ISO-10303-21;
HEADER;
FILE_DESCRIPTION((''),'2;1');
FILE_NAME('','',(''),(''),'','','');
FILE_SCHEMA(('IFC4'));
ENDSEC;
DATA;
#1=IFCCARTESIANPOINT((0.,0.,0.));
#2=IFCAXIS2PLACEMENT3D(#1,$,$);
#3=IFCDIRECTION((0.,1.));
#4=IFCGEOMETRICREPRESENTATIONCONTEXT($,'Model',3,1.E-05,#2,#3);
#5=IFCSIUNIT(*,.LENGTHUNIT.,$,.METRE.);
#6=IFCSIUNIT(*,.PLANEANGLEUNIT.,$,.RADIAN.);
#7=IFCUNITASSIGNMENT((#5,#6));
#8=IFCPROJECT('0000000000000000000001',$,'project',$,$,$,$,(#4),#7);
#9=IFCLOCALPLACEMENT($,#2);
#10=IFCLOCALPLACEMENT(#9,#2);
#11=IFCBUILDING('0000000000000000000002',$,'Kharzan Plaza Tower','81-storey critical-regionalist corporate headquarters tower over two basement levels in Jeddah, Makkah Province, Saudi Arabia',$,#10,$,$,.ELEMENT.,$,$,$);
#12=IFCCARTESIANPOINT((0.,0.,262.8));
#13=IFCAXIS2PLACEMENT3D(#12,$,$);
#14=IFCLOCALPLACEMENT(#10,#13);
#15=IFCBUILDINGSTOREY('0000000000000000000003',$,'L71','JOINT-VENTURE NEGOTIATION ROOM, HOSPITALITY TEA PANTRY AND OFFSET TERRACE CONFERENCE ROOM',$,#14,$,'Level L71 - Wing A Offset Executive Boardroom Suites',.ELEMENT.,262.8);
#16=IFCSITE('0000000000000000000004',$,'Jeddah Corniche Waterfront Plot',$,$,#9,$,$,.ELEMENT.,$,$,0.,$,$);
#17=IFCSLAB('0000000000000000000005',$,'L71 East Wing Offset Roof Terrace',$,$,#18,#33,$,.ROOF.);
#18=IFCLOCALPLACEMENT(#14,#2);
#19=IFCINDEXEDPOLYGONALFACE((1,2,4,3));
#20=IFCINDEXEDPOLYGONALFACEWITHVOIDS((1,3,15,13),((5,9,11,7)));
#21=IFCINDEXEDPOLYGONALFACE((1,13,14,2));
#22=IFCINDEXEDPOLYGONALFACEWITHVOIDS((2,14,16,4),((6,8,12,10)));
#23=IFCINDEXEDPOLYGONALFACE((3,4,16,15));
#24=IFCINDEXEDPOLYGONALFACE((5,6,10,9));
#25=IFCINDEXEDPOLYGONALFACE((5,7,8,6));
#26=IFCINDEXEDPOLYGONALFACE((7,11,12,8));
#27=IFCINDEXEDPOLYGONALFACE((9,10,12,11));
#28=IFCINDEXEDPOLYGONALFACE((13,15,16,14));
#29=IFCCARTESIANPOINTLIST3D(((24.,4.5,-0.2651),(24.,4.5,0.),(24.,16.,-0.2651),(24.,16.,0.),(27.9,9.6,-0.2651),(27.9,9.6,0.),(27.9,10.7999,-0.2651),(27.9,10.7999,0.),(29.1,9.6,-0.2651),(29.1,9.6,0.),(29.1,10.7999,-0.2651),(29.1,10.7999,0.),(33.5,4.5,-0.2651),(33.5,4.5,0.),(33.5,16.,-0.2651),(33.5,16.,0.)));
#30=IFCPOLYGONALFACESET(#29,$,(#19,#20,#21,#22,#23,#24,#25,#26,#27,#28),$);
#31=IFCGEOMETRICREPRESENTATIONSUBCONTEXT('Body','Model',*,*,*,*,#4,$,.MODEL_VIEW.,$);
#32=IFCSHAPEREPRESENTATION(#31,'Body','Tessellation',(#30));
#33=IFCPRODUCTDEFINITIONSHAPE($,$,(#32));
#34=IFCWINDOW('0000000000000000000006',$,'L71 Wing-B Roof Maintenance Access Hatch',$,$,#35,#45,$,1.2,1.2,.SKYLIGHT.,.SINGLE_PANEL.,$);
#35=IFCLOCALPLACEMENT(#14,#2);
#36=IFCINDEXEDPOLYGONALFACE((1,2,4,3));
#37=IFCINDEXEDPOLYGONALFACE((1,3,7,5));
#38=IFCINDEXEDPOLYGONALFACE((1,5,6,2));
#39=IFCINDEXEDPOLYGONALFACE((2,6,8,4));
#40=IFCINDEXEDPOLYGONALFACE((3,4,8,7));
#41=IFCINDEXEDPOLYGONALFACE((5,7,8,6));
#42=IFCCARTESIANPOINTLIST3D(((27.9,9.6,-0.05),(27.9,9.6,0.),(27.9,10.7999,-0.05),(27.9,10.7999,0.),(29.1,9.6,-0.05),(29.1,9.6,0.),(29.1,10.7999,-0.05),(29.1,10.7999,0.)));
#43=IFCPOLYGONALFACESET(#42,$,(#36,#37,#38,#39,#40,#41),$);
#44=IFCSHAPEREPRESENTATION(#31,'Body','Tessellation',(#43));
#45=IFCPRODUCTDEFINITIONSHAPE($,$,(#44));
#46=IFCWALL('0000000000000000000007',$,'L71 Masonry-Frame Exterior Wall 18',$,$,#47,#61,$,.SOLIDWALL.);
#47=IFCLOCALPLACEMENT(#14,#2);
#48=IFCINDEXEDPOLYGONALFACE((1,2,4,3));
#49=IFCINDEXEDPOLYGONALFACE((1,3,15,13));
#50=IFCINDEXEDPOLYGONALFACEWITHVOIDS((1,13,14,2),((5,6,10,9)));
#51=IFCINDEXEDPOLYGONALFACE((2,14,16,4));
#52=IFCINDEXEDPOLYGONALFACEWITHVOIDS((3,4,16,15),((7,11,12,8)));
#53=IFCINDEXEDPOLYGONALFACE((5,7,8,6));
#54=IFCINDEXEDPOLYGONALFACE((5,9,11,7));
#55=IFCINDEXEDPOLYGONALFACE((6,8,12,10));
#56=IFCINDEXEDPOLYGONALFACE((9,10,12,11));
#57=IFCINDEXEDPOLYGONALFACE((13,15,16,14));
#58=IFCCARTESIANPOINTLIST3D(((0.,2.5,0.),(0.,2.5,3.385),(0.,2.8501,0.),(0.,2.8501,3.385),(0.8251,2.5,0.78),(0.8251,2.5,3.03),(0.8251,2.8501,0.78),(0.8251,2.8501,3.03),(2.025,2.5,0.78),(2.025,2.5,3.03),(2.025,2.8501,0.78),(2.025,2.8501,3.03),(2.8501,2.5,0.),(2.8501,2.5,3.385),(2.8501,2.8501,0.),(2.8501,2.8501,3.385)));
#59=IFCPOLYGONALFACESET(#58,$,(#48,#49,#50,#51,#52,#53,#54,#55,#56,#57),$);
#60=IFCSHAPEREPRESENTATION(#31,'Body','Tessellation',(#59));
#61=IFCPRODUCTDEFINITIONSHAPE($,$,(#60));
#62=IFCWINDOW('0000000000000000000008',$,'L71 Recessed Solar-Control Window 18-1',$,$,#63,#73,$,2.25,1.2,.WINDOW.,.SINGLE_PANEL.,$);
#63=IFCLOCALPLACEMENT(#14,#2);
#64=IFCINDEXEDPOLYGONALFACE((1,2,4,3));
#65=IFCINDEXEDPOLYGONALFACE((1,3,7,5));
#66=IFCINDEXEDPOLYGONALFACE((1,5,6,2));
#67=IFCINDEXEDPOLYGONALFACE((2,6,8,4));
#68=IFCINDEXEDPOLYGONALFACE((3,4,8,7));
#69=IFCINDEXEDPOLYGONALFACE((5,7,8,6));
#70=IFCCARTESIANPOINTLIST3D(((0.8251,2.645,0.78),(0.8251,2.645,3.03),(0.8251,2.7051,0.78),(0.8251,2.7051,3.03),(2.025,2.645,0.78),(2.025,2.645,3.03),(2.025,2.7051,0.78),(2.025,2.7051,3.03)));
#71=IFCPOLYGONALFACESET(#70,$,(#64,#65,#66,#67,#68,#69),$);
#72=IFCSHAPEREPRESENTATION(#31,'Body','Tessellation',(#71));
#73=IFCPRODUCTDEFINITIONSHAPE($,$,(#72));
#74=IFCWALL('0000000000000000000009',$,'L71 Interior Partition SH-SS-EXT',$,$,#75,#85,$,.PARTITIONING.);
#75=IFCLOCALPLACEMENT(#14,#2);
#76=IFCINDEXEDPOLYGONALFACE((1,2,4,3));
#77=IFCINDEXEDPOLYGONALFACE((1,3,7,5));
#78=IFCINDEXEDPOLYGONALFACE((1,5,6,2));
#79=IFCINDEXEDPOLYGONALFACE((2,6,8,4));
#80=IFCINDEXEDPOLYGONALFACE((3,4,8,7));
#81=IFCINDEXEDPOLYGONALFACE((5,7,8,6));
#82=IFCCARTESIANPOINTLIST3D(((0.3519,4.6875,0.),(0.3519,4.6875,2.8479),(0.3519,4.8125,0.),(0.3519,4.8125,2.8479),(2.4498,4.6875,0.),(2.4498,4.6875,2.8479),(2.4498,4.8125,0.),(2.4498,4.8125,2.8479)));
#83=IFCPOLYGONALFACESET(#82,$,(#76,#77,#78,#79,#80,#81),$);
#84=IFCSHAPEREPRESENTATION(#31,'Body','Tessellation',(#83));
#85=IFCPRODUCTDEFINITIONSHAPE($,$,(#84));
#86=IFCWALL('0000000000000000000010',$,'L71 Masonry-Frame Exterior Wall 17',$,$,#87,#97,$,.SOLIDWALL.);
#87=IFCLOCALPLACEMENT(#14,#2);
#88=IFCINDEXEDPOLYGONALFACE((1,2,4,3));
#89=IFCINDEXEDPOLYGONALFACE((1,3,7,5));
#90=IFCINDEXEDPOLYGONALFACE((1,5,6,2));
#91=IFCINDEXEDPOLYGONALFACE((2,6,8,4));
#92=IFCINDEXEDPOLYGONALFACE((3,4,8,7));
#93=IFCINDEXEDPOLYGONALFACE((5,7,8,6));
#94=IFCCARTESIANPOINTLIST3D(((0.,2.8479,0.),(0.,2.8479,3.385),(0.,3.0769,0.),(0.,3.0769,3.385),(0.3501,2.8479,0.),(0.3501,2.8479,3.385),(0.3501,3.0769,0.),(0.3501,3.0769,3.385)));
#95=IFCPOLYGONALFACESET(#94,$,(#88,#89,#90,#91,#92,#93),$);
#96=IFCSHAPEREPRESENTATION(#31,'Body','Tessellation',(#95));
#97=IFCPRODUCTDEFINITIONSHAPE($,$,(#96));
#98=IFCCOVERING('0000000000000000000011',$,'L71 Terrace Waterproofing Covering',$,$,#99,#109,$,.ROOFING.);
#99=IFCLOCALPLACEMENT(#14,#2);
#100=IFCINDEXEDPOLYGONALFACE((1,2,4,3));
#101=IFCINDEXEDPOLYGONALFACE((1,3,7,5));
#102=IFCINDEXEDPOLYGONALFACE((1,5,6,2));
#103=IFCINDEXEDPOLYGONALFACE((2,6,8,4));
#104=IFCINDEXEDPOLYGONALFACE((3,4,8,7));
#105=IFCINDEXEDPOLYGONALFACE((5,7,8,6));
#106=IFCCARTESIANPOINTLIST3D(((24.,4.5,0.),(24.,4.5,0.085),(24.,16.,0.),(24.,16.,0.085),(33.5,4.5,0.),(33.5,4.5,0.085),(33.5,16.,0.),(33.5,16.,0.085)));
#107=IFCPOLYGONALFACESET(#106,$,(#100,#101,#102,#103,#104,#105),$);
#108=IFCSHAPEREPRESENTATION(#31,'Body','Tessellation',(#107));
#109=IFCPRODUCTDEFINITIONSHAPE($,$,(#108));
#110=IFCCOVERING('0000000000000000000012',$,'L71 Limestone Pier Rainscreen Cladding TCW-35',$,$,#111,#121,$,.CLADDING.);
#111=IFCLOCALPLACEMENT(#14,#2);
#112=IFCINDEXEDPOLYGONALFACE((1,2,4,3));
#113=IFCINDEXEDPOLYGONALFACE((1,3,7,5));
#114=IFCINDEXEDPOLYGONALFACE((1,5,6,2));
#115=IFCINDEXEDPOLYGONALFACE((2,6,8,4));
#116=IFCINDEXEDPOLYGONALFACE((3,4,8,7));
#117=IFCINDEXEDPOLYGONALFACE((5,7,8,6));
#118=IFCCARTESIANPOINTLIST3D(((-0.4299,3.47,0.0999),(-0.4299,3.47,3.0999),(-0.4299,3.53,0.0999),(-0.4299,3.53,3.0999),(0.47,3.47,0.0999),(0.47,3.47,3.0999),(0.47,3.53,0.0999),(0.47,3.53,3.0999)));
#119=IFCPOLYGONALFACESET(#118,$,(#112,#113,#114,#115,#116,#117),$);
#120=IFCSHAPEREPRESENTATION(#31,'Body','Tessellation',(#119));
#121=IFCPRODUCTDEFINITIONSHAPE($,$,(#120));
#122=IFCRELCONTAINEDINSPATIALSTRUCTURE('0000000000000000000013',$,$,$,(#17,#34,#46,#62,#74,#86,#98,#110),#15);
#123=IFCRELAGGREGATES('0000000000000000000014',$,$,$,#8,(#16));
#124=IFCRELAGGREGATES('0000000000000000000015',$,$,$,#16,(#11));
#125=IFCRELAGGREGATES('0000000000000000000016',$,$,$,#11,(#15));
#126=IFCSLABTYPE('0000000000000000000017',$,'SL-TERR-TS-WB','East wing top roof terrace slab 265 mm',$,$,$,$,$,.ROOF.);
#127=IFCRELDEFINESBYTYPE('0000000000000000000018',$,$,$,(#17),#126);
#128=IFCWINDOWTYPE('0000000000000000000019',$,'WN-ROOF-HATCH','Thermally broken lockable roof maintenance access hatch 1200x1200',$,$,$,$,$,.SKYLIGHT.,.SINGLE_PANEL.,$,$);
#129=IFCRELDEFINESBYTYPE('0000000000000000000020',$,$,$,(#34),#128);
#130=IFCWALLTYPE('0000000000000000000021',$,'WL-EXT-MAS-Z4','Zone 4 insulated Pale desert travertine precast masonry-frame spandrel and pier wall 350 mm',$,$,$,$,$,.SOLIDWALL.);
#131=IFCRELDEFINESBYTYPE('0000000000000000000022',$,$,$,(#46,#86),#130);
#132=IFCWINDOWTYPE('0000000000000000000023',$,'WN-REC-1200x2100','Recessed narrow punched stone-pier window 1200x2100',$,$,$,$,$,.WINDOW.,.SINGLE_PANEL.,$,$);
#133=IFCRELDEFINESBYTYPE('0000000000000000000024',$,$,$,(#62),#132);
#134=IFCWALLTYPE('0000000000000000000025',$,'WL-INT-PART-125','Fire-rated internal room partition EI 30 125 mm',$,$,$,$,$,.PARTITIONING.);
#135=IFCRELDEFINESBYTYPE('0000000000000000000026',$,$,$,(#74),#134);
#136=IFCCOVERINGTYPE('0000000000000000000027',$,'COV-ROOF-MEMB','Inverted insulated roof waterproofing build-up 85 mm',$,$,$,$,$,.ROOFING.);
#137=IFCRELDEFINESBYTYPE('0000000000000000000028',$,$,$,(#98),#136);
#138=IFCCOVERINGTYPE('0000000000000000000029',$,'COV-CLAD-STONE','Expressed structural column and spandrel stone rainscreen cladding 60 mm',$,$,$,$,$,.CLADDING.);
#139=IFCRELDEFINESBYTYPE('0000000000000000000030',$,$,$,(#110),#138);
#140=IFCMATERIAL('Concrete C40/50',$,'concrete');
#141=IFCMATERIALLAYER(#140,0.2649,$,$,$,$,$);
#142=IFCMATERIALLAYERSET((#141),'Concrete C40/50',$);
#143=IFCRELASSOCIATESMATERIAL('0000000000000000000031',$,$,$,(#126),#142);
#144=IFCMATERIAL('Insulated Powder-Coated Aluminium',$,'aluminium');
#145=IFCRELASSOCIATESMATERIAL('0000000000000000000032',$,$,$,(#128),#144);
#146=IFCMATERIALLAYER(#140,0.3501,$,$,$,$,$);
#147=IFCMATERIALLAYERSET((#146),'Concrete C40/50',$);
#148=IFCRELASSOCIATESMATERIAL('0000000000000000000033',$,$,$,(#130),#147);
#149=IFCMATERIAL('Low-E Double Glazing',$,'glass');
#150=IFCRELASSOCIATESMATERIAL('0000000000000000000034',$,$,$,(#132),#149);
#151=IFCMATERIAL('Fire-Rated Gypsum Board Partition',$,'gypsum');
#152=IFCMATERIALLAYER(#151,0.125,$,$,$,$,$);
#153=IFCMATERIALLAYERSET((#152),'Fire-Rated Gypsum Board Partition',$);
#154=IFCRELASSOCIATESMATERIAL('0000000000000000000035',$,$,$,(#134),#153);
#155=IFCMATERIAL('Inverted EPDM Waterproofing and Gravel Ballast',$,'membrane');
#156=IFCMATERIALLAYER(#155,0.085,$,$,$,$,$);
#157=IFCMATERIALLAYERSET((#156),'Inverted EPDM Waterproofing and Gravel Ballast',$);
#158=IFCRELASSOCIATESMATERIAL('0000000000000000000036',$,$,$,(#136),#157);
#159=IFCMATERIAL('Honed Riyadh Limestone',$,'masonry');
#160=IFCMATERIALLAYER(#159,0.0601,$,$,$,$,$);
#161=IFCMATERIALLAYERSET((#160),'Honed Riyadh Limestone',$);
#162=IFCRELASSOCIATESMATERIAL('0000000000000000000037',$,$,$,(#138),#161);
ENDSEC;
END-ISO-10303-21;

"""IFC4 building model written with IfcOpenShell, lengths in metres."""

from ifc_helpers import new_model, si_unit, direction, frame, frame_2d, origin, origin_2d, place, context, subcontext, project, spatial, polyline, rectangle, outline, extrude, source, transform, mapped, material, layer, layer_set, type_object, element, fill, save


model = new_model("IFC4")

# Units and contexts
model_context = context("Model", 3, precision=1e-05, world=origin(), true_north=direction((0.0, 1.0)))
body_context = subcontext(model_context, "Body", "Model", "MODEL_VIEW")
ifc_project = project(units=[si_unit("LENGTHUNIT", "METRE"), si_unit("PLANEANGLEUNIT", "RADIAN")], contexts=[model_context])

# Site, building, storey
site_placement = place(None, origin())
site = spatial("IfcSite", under=ifc_project, at=site_placement, Name="Jeddah Corniche Waterfront Plot", CompositionType="ELEMENT", RefElevation=0.0)
building_placement = place(site_placement, origin())
building = spatial("IfcBuilding", under=site, at=building_placement, Name="Kharzan Plaza Tower", Description="81-storey critical-regionalist corporate headquarters tower over two basement levels in Jeddah, Makkah Province, Saudi Arabia", CompositionType="ELEMENT")
storey_placement = place(building_placement, frame((0.0, 0.0, 262.8)))
storey = spatial("IfcBuildingStorey", under=building, at=storey_placement, Name="L71", Description="JOINT-VENTURE NEGOTIATION ROOM, HOSPITALITY TEA PANTRY AND OFFSET TERRACE CONFERENCE ROOM", LongName="Level L71 - Wing A Offset Executive Boardroom Suites", CompositionType="ELEMENT", Elevation=262.8)

# Shared definitions
ifc_material_1 = material(Name="Concrete C40/50", Category="concrete")

# Slab, opening, window
ifc_layer_1 = layer(ifc_material_1, 0.2649)
ifc_layer_set_1 = layer_set([ifc_layer_1], Name="Concrete C40/50")
slab_type_1 = type_object("IfcSlabType", Name="SL-TERR-TS-WB", Description="East wing top roof terrace slab 265 mm", PredefinedType="ROOF", material=ifc_layer_set_1)
slab_1_placement = place(storey_placement, frame((0.0, 0.0, -0.2651)))
slab_1 = element("IfcSlab", 1, at=slab_1_placement, inside=storey, type_object=slab_type_1, Name="L71 East Wing Offset Roof Terrace", PredefinedType="ROOF", context=body_context, shape_type="SweptSolid", body=[
    extrude(outline(polyline([(24.0, 4.5), (33.5, 4.5), (33.5, 16.0), (24.0, 16.0), (24.0, 4.5)])), origin(), (0.0, 0.0, 1.0), 0.2651),
])
opening_1_placement = place(slab_1_placement, frame((28.5, 10.2, 0.0)))
opening_1 = element("IfcOpeningElement", 2, at=opening_1_placement, cuts=slab_1, PredefinedType="OPENING", context=body_context, shape_type="SweptSolid", body=[
    extrude(rectangle(XDim=1.2, YDim=1.2, at=origin_2d()), frame((0.0, 0.0, -0.01)), (0.0, 0.0, 1.0), 0.2852),
])
ifc_material_2 = material(Name="Insulated Powder-Coated Aluminium", Category="aluminium")
window_type_1 = type_object("IfcWindowType", Name="WN-ROOF-HATCH", Description="Thermally broken lockable roof maintenance access hatch 1200x1200", PartitioningType="SINGLE_PANEL", PredefinedType="SKYLIGHT", material=ifc_material_2)
window_1_placement = place(opening_1_placement, frame((0.0, 0.0, 0.2151)))
window_1 = element("IfcWindow", 3, at=window_1_placement, inside=storey, type_object=window_type_1, Name="L71 Wing-B Roof Maintenance Access Hatch", OverallHeight=1.2, OverallWidth=1.2, PartitioningType="SINGLE_PANEL", PredefinedType="SKYLIGHT", context=body_context, shape_type="SweptSolid", body=[
    extrude(rectangle(XDim=1.2, YDim=1.2, at=origin_2d()), origin(), (0.0, 0.0, 1.0), 0.05),
])
fill(opening_1, window_1)

# Wall, opening, window
ifc_layer_2 = layer(ifc_material_1, 0.3501)
ifc_layer_set_2 = layer_set([ifc_layer_2], Name="Concrete C40/50")
wall_type_1 = type_object("IfcWallType", Name="WL-EXT-MAS-Z4", Description="Zone 4 insulated Pale desert travertine precast masonry-frame spandrel and pier wall 350 mm", PredefinedType="SOLIDWALL", material=ifc_layer_set_2)
wall_1_placement = place(storey_placement, frame((0.0, 2.675, 0.0), z_axis=(0.0, 0.0, 1.0), x_axis=(1.0, 0.0, 0.0)))
wall_1 = element("IfcWall", 4, at=wall_1_placement, inside=storey, type_object=wall_type_1, Name="L71 Masonry-Frame Exterior Wall 18", PredefinedType="SOLIDWALL", context=body_context, shape_type="SweptSolid", body=[
    extrude(rectangle(XDim=2.8501, YDim=0.3501, at=frame_2d((1.425, 0.0))), origin(), (0.0, 0.0, 1.0), 3.385),
])
opening_2_placement = place(wall_1_placement, frame((0.825, 0.0, 0.78)))
opening_2 = element("IfcOpeningElement", 5, at=opening_2_placement, cuts=wall_1, PredefinedType="OPENING", context=body_context, shape_type="SweptSolid", body=[
    extrude(rectangle(XDim=1.2, YDim=2.25, at=frame_2d((0.6001, 1.125))), frame((0.0, 0.1851, 0.0), z_axis=(0.0, -1.0, 0.0), x_axis=(1.0, 0.0, 0.0)), (0.0, 0.0, 1.0), 0.3701),
])
ifc_material_3 = material(Name="Low-E Double Glazing", Category="glass")
window_type_2 = type_object("IfcWindowType", Name="WN-REC-1200x2100", Description="Recessed narrow punched stone-pier window 1200x2100", PartitioningType="SINGLE_PANEL", PredefinedType="WINDOW", material=ifc_material_3)
shared_shape_1 = source(origin(), body_context, "Body", "SweptSolid", [
    extrude(rectangle(XDim=1.2, YDim=2.25, at=frame_2d((0.6001, 1.125))), frame((0.0, 0.03, 0.0), z_axis=(0.0, -1.0, 0.0), x_axis=(1.0, 0.0, 0.0)), (0.0, 0.0, 1.0), 0.0601),
])
window_2_placement = place(opening_2_placement, origin())
window_2 = element("IfcWindow", 6, at=window_2_placement, inside=storey, type_object=window_type_2, Name="L71 Recessed Solar-Control Window 18-1", OverallHeight=2.25, OverallWidth=1.2, PartitioningType="SINGLE_PANEL", PredefinedType="WINDOW", context=body_context, shape_type="MappedRepresentation", body=[
    mapped(shared_shape_1, transform((0.0, 0.0, 0.0), x_axis=(1.0, 0.0, 0.0), y_axis=(0.0, 1.0, 0.0), z_axis=(0.0, 0.0, 1.0))),
])
fill(opening_2, window_2)

# Walls
ifc_material_4 = material(Name="Fire-Rated Gypsum Board Partition", Category="gypsum")
ifc_layer_3 = layer(ifc_material_4, 0.125)
ifc_layer_set_3 = layer_set([ifc_layer_3], Name="Fire-Rated Gypsum Board Partition")
wall_type_2 = type_object("IfcWallType", Name="WL-INT-PART-125", Description="Fire-rated internal room partition EI 30 125 mm", PredefinedType="PARTITIONING", material=ifc_layer_set_3)
shared_shape_2 = source(origin(), body_context, "Body", "SweptSolid", [
    extrude(rectangle(XDim=2.0979, YDim=0.125, at=frame_2d((1.0488, 0.0))), origin(), (0.0, 0.0, 1.0), 2.8479),
])
wall_2_placement = place(storey_placement, frame((0.3521, 4.75, 0.0), z_axis=(0.0, 0.0, 1.0), x_axis=(1.0, 0.0, 0.0)))
element("IfcWall", 7, at=wall_2_placement, inside=storey, type_object=wall_type_2, Name="L71 Interior Partition SH-SS-EXT", PredefinedType="PARTITIONING", context=body_context, shape_type="MappedRepresentation", body=[
    mapped(shared_shape_2, transform((0.0, 0.0, 0.0), x_axis=(1.0, 0.0, 0.0), y_axis=(0.0, 1.0, 0.0), z_axis=(0.0, 0.0, 1.0))),
])
shared_shape_3 = source(origin(), body_context, "Body", "SweptSolid", [
    extrude(rectangle(XDim=0.229, YDim=0.3501, at=frame_2d((0.1145, 0.0))), origin(), (0.0, 0.0, 1.0), 3.385),
])
wall_3_placement = place(storey_placement, frame((0.175, 3.0769, 0.0), z_axis=(0.0, 0.0, 1.0), x_axis=(0.0, -1.0, 0.0)))
element("IfcWall", 8, at=wall_3_placement, inside=storey, type_object=wall_type_1, Name="L71 Masonry-Frame Exterior Wall 17", PredefinedType="SOLIDWALL", context=body_context, shape_type="MappedRepresentation", body=[
    mapped(shared_shape_3, transform((0.0, 0.0, 0.0), x_axis=(1.0, 0.0, 0.0), y_axis=(0.0, 1.0, 0.0), z_axis=(0.0, 0.0, 1.0))),
])

# Coverings
ifc_material_5 = material(Name="Inverted EPDM Waterproofing and Gravel Ballast", Category="membrane")
ifc_layer_4 = layer(ifc_material_5, 0.085)
ifc_layer_set_4 = layer_set([ifc_layer_4], Name="Inverted EPDM Waterproofing and Gravel Ballast")
covering_type_1 = type_object("IfcCoveringType", Name="COV-ROOF-MEMB", Description="Inverted insulated roof waterproofing build-up 85 mm", PredefinedType="ROOFING", material=ifc_layer_set_4)
covering_1_placement = place(storey_placement, origin())
element("IfcCovering", 9, at=covering_1_placement, inside=storey, type_object=covering_type_1, Name="L71 Terrace Waterproofing Covering", PredefinedType="ROOFING", context=body_context, shape_type="SweptSolid", body=[
    extrude(outline(polyline([(24.0, 4.5), (33.5, 4.5), (33.5, 16.0), (24.0, 16.0), (24.0, 4.5)])), origin(), (0.0, 0.0, 1.0), 0.085),
])
ifc_material_6 = material(Name="Honed Riyadh Limestone", Category="masonry")
ifc_layer_5 = layer(ifc_material_6, 0.0601)
ifc_layer_set_5 = layer_set([ifc_layer_5], Name="Honed Riyadh Limestone")
covering_type_2 = type_object("IfcCoveringType", Name="COV-CLAD-STONE", Description="Expressed structural column and spandrel stone rainscreen cladding 60 mm", PredefinedType="CLADDING", material=ifc_layer_set_5)
shared_shape_4 = source(origin(), body_context, "Body", "SweptSolid", [
    extrude(rectangle(XDim=0.0601, YDim=0.8999, at=origin_2d()), origin(), (0.0, 0.0, 1.0), 3.0),
])
covering_2_placement = place(storey_placement, frame((0.02, 3.5, 0.0999), z_axis=(0.0, 0.0, 1.0), x_axis=(0.0, 1.0, 0.0)))
element("IfcCovering", 10, at=covering_2_placement, inside=storey, type_object=covering_type_2, Name="L71 Limestone Pier Rainscreen Cladding TCW-35", PredefinedType="CLADDING", context=body_context, shape_type="MappedRepresentation", body=[
    mapped(shared_shape_4, transform((0.0, 0.0, 0.0), x_axis=(1.0, 0.0, 0.0), y_axis=(0.0, 1.0, 0.0), z_axis=(0.0, 0.0, 1.0))),
])

save(model, "model.ifc")
